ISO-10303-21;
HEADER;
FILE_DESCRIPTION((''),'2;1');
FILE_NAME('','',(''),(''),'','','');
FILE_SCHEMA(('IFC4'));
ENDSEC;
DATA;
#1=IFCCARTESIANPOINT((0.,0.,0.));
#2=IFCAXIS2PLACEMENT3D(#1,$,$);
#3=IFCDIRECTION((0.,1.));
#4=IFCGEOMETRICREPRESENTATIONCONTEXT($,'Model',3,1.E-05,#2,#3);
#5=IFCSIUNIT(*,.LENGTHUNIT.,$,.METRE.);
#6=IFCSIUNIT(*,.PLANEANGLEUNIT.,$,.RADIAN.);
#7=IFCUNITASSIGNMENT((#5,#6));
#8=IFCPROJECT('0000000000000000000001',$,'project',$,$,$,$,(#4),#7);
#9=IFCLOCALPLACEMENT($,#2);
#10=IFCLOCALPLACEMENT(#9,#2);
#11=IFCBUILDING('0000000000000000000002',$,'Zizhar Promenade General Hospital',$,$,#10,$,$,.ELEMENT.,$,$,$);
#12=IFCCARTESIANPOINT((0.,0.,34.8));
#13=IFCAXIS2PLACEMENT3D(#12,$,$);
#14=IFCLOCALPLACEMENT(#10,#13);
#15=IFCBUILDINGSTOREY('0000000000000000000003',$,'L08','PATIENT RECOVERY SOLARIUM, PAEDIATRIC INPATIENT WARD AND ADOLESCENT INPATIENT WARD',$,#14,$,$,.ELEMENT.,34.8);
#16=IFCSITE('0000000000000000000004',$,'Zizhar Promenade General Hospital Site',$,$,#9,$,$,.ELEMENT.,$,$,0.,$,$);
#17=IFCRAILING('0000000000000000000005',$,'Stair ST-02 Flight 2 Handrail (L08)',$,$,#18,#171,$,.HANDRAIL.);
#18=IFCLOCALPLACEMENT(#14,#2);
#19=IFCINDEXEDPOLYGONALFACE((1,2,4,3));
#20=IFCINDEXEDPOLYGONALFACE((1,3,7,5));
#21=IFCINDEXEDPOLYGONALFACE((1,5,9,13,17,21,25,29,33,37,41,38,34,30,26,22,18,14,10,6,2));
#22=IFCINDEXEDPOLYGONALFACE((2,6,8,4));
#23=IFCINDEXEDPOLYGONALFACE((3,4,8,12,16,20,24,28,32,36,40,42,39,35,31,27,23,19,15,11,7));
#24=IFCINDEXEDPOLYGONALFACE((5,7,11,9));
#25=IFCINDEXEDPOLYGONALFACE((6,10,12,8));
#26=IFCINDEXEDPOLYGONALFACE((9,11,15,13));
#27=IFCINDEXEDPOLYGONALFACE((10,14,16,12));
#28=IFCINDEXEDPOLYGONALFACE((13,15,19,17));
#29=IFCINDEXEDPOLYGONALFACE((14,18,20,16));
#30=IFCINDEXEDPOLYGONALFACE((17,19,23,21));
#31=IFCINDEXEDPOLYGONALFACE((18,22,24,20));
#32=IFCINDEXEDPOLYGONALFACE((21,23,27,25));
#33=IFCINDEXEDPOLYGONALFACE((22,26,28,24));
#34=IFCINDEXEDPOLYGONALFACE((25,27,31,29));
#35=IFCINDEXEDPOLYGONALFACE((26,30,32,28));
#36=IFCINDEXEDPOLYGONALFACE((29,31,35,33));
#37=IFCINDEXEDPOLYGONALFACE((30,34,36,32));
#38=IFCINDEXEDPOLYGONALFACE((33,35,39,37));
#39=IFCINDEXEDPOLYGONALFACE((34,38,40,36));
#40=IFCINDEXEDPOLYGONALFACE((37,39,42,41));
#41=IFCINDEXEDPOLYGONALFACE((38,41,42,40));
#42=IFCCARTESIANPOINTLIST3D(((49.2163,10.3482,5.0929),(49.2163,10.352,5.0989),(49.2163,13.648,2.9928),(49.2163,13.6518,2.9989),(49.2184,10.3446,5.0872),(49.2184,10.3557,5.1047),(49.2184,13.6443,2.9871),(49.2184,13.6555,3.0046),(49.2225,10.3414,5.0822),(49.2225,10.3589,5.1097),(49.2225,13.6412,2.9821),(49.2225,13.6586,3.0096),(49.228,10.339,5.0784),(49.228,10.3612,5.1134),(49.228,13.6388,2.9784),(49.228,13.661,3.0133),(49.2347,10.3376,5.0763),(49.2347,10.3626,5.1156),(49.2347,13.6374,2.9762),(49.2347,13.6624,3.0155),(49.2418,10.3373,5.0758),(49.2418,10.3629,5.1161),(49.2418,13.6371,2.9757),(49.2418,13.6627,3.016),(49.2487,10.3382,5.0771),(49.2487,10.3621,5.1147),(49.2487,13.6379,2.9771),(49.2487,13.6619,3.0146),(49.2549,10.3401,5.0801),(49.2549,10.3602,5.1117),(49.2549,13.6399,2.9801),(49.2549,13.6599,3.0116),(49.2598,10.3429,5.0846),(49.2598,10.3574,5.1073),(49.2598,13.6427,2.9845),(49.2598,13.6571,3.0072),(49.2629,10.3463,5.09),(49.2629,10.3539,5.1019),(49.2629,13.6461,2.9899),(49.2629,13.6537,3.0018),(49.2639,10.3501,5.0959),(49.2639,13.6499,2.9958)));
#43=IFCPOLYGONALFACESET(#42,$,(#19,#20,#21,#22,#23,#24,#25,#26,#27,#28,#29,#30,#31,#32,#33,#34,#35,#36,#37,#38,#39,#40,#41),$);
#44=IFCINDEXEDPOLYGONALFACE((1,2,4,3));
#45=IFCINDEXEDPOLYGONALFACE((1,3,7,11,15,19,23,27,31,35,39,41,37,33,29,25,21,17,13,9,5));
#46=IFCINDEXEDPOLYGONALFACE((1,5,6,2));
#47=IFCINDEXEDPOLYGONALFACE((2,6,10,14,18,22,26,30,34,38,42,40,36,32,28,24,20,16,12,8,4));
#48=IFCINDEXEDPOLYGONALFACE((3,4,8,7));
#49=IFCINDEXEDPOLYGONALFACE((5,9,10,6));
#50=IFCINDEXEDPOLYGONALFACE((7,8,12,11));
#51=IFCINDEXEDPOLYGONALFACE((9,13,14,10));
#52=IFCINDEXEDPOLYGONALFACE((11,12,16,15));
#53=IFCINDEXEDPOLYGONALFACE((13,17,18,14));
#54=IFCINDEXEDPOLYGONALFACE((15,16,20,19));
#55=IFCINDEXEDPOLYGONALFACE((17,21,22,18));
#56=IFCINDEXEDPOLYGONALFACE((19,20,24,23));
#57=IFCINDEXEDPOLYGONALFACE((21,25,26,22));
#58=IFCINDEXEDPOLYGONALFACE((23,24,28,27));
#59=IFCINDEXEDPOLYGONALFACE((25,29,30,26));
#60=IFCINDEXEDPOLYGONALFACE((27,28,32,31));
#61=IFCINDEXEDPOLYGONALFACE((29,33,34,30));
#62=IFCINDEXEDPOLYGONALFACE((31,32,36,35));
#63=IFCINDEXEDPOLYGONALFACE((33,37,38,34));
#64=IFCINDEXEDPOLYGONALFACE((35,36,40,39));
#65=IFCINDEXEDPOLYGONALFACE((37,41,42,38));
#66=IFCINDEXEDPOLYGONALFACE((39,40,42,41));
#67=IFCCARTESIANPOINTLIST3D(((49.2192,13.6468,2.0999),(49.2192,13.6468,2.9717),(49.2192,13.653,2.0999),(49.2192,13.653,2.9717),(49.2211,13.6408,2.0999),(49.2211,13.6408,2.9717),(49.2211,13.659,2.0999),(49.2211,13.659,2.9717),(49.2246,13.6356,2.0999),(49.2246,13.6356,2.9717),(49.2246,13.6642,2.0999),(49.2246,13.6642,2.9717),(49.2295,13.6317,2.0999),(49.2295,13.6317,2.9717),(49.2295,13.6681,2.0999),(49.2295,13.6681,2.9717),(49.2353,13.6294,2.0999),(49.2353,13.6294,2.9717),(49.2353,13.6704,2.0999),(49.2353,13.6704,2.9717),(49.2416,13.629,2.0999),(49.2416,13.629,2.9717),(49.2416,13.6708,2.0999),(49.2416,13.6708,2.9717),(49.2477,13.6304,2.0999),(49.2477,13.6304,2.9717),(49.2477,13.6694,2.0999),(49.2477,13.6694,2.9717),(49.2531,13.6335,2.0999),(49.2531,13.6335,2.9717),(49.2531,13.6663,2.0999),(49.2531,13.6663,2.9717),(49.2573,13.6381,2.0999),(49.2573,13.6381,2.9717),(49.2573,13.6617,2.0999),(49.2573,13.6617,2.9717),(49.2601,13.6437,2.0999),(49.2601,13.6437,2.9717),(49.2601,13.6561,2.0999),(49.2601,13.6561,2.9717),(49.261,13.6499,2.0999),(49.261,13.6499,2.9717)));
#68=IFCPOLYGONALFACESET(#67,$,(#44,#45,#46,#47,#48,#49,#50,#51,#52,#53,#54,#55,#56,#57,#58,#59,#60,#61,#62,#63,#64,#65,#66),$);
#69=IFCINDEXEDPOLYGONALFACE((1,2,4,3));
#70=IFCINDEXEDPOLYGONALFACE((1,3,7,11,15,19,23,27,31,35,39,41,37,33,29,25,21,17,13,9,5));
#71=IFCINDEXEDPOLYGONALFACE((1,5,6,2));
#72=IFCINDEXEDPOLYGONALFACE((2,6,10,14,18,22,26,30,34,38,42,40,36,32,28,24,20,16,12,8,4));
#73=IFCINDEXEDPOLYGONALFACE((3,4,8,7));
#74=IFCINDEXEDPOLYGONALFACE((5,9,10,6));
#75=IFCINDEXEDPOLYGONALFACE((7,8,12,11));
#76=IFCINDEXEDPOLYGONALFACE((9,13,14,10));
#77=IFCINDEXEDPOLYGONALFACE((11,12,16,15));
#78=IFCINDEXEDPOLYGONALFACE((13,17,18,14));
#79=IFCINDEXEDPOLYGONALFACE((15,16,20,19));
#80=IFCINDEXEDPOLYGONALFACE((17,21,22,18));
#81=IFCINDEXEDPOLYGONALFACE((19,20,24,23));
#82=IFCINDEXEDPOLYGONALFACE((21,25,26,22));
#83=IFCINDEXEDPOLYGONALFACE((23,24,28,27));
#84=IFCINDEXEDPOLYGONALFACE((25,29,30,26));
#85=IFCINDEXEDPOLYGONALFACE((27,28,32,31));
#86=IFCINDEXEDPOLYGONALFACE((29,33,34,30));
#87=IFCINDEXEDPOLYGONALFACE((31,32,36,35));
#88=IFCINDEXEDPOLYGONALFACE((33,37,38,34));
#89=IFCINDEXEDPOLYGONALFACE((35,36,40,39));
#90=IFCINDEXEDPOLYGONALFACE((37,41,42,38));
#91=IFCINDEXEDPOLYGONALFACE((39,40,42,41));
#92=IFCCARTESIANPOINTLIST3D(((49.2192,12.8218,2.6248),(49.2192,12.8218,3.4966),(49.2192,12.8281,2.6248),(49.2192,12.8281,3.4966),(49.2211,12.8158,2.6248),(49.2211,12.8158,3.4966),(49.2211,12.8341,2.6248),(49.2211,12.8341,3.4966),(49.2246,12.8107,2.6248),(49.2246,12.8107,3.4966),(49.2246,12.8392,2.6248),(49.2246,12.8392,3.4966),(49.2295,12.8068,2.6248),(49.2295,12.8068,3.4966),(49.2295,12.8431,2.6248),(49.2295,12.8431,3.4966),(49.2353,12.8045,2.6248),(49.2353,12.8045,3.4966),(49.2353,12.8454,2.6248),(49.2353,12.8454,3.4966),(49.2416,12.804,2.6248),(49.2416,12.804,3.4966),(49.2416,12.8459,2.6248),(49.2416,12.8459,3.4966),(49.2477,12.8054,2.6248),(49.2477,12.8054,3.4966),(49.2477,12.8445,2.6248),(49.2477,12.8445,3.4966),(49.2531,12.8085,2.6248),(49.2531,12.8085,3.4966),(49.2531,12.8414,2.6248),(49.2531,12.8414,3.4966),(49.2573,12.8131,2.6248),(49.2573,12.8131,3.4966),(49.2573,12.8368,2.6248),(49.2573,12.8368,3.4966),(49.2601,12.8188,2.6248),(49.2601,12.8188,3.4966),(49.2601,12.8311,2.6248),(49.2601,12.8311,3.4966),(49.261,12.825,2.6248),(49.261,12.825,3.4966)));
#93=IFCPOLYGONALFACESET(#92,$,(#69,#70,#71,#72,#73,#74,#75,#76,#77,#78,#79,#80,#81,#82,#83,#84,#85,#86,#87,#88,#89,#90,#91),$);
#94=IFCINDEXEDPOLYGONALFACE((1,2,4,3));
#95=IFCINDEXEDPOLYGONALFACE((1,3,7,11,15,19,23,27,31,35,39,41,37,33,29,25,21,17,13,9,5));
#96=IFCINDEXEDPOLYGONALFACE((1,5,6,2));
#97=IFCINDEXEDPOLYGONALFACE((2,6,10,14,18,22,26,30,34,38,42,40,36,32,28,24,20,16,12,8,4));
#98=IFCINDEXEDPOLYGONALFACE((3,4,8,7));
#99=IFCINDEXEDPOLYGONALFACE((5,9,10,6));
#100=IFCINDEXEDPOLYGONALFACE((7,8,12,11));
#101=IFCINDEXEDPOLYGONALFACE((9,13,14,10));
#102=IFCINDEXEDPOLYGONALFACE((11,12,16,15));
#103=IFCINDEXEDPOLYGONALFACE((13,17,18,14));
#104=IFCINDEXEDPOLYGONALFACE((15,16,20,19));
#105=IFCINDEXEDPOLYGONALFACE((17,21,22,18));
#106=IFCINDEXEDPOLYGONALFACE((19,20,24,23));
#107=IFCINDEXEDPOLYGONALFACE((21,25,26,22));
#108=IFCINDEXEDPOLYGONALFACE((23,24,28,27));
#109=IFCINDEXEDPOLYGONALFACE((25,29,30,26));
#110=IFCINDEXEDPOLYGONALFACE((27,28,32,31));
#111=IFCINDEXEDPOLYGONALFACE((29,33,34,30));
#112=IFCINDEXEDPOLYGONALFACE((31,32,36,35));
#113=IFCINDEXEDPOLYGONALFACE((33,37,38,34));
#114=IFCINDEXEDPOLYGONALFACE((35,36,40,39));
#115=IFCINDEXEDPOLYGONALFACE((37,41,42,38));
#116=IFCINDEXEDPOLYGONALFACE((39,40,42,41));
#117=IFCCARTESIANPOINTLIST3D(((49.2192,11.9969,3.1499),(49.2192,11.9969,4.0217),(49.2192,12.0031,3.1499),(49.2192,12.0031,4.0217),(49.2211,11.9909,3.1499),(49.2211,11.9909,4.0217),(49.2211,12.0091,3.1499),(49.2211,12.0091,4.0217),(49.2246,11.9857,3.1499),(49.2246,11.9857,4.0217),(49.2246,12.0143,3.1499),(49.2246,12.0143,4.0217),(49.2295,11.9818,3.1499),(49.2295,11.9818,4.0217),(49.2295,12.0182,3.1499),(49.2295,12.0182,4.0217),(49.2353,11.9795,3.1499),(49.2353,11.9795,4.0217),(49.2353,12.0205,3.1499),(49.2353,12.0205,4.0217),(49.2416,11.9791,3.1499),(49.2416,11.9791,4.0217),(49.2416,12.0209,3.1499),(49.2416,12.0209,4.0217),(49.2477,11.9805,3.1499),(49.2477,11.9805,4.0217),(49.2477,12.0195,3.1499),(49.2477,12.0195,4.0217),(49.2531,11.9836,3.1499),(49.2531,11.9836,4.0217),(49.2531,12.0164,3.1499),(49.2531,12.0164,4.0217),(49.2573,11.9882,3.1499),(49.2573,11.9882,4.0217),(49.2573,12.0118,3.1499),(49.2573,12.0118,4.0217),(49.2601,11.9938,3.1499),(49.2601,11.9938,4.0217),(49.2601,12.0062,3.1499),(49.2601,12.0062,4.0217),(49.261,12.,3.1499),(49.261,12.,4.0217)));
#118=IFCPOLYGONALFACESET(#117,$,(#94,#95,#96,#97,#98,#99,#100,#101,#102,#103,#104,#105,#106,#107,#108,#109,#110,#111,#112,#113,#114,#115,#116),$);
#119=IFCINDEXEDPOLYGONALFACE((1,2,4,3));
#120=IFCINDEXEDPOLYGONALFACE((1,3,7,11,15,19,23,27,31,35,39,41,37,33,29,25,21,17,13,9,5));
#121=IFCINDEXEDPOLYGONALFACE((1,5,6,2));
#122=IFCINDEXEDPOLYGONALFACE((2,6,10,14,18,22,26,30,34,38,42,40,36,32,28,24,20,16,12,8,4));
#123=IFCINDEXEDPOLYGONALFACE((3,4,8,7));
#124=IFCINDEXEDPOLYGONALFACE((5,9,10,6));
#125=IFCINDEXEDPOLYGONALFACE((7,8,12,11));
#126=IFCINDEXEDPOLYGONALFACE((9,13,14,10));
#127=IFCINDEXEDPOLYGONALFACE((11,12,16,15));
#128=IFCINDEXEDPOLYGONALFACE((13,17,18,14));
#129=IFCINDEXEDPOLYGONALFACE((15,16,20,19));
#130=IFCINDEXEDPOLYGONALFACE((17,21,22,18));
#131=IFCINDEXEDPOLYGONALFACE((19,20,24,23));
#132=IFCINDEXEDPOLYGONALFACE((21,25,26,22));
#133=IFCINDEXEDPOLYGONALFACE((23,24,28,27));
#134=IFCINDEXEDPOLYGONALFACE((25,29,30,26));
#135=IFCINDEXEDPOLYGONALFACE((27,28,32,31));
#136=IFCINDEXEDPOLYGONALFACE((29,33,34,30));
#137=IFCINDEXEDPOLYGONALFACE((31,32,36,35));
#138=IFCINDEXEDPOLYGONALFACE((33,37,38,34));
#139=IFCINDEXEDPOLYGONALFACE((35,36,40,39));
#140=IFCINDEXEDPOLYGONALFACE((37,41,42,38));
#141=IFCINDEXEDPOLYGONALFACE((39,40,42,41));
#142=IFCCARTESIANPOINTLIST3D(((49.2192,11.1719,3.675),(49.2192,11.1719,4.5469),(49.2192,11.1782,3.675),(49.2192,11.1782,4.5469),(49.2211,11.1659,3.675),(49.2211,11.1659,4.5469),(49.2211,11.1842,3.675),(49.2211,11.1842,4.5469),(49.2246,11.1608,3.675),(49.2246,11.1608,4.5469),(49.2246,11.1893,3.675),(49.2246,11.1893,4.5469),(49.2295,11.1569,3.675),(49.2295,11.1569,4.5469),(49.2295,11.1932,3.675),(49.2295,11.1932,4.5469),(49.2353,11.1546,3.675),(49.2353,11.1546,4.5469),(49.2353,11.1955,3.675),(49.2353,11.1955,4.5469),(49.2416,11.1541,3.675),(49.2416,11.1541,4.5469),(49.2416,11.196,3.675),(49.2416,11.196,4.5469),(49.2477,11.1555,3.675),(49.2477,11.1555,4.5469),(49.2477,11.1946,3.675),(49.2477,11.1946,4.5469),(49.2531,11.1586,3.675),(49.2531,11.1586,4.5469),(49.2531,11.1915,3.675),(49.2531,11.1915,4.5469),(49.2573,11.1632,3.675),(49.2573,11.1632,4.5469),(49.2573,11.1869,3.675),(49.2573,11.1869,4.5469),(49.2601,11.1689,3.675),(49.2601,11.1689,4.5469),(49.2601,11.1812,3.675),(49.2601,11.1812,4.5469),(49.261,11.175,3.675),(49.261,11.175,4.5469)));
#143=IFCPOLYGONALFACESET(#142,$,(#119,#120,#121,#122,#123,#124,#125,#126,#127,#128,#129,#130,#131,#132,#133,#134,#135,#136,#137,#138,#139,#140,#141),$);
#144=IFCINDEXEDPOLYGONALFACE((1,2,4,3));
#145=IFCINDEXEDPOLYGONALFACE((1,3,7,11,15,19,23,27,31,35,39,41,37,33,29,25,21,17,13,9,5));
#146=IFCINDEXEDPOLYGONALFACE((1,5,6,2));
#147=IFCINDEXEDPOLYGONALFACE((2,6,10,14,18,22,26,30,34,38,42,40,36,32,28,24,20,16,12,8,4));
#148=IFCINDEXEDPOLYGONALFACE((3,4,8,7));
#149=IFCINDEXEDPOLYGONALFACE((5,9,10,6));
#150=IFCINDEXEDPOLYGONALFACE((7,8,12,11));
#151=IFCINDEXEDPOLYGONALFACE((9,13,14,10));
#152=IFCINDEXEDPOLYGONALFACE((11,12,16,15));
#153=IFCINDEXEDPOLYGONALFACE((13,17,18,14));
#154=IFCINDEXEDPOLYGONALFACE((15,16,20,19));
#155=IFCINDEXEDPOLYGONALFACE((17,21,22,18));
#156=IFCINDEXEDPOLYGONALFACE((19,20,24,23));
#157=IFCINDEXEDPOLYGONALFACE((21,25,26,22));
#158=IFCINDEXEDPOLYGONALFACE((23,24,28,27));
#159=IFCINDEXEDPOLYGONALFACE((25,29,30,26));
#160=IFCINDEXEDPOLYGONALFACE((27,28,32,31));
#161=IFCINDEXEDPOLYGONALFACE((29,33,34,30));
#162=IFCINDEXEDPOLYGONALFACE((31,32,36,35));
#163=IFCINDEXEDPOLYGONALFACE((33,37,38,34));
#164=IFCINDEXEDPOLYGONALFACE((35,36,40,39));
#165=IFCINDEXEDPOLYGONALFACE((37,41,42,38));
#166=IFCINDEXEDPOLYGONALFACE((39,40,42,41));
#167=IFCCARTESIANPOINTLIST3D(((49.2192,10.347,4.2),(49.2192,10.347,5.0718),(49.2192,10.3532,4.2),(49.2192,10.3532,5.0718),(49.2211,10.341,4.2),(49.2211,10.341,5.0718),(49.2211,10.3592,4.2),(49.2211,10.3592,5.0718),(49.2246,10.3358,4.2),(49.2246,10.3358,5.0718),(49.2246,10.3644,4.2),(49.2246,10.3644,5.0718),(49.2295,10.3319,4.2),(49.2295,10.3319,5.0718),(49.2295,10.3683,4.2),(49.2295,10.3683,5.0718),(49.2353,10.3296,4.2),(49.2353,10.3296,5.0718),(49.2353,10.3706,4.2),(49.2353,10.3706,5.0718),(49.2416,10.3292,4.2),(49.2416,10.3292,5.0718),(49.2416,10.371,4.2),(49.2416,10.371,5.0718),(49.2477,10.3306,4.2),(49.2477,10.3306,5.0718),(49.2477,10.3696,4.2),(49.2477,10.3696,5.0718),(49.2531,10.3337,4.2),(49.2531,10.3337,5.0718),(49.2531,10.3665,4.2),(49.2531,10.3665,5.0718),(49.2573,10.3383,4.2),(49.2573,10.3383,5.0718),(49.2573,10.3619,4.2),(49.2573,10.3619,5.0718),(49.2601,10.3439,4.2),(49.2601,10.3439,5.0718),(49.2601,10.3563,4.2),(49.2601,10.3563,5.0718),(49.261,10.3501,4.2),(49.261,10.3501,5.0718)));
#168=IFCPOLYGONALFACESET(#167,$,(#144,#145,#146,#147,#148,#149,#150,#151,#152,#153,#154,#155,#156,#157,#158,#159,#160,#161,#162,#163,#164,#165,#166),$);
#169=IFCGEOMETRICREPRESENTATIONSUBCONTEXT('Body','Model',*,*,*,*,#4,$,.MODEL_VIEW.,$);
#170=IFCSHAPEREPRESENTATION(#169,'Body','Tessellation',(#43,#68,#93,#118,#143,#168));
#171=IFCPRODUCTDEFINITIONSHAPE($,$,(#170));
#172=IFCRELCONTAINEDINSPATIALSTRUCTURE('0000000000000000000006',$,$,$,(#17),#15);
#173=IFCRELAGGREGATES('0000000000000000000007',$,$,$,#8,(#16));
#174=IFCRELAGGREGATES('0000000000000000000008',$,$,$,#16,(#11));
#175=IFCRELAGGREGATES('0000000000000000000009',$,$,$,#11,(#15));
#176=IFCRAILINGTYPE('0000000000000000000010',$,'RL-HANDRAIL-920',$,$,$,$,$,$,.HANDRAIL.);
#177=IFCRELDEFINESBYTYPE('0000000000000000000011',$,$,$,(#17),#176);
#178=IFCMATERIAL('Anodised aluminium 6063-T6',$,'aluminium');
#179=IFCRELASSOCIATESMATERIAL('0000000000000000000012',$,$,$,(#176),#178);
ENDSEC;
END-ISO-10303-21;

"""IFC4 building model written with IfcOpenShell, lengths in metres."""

from ifc_helpers import new_model, si_unit, direction, frame, origin, origin_2d, place, context, subcontext, project, spatial, circle, hollow_circle, extrude, material, material_profile, profile_set, type_object, element, save


model = new_model("IFC4")

# Units and contexts
model_context = context("Model", 3, precision=1e-05, world=origin(), true_north=direction((0.0, 1.0)))
body_context = subcontext(model_context, "Body", "Model", "MODEL_VIEW")
ifc_project = project(units=[si_unit("LENGTHUNIT", "METRE"), si_unit("PLANEANGLEUNIT", "RADIAN")], contexts=[model_context])

# Site, building, storey
site_placement = place(None, origin())
site = spatial("IfcSite", under=ifc_project, at=site_placement, Name="Zizhar Promenade General Hospital Site", CompositionType="ELEMENT", RefElevation=0.0)
building_placement = place(site_placement, origin())
building = spatial("IfcBuilding", under=site, at=building_placement, Name="Zizhar Promenade General Hospital", CompositionType="ELEMENT")
storey_placement = place(building_placement, frame((0.0, 0.0, 34.8)))
storey = spatial("IfcBuildingStorey", under=building, at=storey_placement, Name="L08", Description="PATIENT RECOVERY SOLARIUM, PAEDIATRIC INPATIENT WARD AND ADOLESCENT INPATIENT WARD", CompositionType="ELEMENT", Elevation=34.8)

# Railing
ifc_material_1 = material(Name="Anodised aluminium 6063-T6", Category="aluminium")
ifc_material_profile_1 = material_profile(ifc_material_1, hollow_circle(Radius=0.0698, WallThickness=0.0063, at=origin_2d()))
ifc_profile_set_1 = profile_set([ifc_material_profile_1], Name="Anodised aluminium 6063-T6")
railing_type_1 = type_object("IfcRailingType", Name="RL-HANDRAIL-920", PredefinedType="HANDRAIL", material=ifc_profile_set_1)
railing_1_placement = place(storey_placement, frame((49.24, 13.6499, 2.0999)))
element("IfcRailing", 1, at=railing_1_placement, inside=storey, type_object=railing_type_1, Name="Stair ST-02 Flight 2 Handrail (L08)", PredefinedType="HANDRAIL", context=body_context, shape_type="SweptSolid", body=[
    extrude(circle(Radius=0.0239, at=origin_2d()), frame((0.0, 0.0, 0.896), z_axis=(0.0, -0.843636, 0.536916), x_axis=(1.0, 0.0, 0.0)), (0.0, 0.0, 1.0), 3.9114),
    extrude(circle(Radius=0.021, at=origin_2d()), origin(), (0.0, 0.0, 1.0), 0.8718),
    extrude(circle(Radius=0.021, at=origin_2d()), frame((0.0, -0.825, 0.5249)), (0.0, 0.0, 1.0), 0.8718),
    extrude(circle(Radius=0.021, at=origin_2d()), frame((0.0, -1.6499, 1.05)), (0.0, 0.0, 1.0), 0.8718),
    extrude(circle(Radius=0.021, at=origin_2d()), frame((0.0, -2.4749, 1.5752)), (0.0, 0.0, 1.0), 0.8718),
    extrude(circle(Radius=0.021, at=origin_2d()), frame((0.0, -3.2998, 2.1001)), (0.0, 0.0, 1.0), 0.8718),
])

save(model, "model.ifc")
